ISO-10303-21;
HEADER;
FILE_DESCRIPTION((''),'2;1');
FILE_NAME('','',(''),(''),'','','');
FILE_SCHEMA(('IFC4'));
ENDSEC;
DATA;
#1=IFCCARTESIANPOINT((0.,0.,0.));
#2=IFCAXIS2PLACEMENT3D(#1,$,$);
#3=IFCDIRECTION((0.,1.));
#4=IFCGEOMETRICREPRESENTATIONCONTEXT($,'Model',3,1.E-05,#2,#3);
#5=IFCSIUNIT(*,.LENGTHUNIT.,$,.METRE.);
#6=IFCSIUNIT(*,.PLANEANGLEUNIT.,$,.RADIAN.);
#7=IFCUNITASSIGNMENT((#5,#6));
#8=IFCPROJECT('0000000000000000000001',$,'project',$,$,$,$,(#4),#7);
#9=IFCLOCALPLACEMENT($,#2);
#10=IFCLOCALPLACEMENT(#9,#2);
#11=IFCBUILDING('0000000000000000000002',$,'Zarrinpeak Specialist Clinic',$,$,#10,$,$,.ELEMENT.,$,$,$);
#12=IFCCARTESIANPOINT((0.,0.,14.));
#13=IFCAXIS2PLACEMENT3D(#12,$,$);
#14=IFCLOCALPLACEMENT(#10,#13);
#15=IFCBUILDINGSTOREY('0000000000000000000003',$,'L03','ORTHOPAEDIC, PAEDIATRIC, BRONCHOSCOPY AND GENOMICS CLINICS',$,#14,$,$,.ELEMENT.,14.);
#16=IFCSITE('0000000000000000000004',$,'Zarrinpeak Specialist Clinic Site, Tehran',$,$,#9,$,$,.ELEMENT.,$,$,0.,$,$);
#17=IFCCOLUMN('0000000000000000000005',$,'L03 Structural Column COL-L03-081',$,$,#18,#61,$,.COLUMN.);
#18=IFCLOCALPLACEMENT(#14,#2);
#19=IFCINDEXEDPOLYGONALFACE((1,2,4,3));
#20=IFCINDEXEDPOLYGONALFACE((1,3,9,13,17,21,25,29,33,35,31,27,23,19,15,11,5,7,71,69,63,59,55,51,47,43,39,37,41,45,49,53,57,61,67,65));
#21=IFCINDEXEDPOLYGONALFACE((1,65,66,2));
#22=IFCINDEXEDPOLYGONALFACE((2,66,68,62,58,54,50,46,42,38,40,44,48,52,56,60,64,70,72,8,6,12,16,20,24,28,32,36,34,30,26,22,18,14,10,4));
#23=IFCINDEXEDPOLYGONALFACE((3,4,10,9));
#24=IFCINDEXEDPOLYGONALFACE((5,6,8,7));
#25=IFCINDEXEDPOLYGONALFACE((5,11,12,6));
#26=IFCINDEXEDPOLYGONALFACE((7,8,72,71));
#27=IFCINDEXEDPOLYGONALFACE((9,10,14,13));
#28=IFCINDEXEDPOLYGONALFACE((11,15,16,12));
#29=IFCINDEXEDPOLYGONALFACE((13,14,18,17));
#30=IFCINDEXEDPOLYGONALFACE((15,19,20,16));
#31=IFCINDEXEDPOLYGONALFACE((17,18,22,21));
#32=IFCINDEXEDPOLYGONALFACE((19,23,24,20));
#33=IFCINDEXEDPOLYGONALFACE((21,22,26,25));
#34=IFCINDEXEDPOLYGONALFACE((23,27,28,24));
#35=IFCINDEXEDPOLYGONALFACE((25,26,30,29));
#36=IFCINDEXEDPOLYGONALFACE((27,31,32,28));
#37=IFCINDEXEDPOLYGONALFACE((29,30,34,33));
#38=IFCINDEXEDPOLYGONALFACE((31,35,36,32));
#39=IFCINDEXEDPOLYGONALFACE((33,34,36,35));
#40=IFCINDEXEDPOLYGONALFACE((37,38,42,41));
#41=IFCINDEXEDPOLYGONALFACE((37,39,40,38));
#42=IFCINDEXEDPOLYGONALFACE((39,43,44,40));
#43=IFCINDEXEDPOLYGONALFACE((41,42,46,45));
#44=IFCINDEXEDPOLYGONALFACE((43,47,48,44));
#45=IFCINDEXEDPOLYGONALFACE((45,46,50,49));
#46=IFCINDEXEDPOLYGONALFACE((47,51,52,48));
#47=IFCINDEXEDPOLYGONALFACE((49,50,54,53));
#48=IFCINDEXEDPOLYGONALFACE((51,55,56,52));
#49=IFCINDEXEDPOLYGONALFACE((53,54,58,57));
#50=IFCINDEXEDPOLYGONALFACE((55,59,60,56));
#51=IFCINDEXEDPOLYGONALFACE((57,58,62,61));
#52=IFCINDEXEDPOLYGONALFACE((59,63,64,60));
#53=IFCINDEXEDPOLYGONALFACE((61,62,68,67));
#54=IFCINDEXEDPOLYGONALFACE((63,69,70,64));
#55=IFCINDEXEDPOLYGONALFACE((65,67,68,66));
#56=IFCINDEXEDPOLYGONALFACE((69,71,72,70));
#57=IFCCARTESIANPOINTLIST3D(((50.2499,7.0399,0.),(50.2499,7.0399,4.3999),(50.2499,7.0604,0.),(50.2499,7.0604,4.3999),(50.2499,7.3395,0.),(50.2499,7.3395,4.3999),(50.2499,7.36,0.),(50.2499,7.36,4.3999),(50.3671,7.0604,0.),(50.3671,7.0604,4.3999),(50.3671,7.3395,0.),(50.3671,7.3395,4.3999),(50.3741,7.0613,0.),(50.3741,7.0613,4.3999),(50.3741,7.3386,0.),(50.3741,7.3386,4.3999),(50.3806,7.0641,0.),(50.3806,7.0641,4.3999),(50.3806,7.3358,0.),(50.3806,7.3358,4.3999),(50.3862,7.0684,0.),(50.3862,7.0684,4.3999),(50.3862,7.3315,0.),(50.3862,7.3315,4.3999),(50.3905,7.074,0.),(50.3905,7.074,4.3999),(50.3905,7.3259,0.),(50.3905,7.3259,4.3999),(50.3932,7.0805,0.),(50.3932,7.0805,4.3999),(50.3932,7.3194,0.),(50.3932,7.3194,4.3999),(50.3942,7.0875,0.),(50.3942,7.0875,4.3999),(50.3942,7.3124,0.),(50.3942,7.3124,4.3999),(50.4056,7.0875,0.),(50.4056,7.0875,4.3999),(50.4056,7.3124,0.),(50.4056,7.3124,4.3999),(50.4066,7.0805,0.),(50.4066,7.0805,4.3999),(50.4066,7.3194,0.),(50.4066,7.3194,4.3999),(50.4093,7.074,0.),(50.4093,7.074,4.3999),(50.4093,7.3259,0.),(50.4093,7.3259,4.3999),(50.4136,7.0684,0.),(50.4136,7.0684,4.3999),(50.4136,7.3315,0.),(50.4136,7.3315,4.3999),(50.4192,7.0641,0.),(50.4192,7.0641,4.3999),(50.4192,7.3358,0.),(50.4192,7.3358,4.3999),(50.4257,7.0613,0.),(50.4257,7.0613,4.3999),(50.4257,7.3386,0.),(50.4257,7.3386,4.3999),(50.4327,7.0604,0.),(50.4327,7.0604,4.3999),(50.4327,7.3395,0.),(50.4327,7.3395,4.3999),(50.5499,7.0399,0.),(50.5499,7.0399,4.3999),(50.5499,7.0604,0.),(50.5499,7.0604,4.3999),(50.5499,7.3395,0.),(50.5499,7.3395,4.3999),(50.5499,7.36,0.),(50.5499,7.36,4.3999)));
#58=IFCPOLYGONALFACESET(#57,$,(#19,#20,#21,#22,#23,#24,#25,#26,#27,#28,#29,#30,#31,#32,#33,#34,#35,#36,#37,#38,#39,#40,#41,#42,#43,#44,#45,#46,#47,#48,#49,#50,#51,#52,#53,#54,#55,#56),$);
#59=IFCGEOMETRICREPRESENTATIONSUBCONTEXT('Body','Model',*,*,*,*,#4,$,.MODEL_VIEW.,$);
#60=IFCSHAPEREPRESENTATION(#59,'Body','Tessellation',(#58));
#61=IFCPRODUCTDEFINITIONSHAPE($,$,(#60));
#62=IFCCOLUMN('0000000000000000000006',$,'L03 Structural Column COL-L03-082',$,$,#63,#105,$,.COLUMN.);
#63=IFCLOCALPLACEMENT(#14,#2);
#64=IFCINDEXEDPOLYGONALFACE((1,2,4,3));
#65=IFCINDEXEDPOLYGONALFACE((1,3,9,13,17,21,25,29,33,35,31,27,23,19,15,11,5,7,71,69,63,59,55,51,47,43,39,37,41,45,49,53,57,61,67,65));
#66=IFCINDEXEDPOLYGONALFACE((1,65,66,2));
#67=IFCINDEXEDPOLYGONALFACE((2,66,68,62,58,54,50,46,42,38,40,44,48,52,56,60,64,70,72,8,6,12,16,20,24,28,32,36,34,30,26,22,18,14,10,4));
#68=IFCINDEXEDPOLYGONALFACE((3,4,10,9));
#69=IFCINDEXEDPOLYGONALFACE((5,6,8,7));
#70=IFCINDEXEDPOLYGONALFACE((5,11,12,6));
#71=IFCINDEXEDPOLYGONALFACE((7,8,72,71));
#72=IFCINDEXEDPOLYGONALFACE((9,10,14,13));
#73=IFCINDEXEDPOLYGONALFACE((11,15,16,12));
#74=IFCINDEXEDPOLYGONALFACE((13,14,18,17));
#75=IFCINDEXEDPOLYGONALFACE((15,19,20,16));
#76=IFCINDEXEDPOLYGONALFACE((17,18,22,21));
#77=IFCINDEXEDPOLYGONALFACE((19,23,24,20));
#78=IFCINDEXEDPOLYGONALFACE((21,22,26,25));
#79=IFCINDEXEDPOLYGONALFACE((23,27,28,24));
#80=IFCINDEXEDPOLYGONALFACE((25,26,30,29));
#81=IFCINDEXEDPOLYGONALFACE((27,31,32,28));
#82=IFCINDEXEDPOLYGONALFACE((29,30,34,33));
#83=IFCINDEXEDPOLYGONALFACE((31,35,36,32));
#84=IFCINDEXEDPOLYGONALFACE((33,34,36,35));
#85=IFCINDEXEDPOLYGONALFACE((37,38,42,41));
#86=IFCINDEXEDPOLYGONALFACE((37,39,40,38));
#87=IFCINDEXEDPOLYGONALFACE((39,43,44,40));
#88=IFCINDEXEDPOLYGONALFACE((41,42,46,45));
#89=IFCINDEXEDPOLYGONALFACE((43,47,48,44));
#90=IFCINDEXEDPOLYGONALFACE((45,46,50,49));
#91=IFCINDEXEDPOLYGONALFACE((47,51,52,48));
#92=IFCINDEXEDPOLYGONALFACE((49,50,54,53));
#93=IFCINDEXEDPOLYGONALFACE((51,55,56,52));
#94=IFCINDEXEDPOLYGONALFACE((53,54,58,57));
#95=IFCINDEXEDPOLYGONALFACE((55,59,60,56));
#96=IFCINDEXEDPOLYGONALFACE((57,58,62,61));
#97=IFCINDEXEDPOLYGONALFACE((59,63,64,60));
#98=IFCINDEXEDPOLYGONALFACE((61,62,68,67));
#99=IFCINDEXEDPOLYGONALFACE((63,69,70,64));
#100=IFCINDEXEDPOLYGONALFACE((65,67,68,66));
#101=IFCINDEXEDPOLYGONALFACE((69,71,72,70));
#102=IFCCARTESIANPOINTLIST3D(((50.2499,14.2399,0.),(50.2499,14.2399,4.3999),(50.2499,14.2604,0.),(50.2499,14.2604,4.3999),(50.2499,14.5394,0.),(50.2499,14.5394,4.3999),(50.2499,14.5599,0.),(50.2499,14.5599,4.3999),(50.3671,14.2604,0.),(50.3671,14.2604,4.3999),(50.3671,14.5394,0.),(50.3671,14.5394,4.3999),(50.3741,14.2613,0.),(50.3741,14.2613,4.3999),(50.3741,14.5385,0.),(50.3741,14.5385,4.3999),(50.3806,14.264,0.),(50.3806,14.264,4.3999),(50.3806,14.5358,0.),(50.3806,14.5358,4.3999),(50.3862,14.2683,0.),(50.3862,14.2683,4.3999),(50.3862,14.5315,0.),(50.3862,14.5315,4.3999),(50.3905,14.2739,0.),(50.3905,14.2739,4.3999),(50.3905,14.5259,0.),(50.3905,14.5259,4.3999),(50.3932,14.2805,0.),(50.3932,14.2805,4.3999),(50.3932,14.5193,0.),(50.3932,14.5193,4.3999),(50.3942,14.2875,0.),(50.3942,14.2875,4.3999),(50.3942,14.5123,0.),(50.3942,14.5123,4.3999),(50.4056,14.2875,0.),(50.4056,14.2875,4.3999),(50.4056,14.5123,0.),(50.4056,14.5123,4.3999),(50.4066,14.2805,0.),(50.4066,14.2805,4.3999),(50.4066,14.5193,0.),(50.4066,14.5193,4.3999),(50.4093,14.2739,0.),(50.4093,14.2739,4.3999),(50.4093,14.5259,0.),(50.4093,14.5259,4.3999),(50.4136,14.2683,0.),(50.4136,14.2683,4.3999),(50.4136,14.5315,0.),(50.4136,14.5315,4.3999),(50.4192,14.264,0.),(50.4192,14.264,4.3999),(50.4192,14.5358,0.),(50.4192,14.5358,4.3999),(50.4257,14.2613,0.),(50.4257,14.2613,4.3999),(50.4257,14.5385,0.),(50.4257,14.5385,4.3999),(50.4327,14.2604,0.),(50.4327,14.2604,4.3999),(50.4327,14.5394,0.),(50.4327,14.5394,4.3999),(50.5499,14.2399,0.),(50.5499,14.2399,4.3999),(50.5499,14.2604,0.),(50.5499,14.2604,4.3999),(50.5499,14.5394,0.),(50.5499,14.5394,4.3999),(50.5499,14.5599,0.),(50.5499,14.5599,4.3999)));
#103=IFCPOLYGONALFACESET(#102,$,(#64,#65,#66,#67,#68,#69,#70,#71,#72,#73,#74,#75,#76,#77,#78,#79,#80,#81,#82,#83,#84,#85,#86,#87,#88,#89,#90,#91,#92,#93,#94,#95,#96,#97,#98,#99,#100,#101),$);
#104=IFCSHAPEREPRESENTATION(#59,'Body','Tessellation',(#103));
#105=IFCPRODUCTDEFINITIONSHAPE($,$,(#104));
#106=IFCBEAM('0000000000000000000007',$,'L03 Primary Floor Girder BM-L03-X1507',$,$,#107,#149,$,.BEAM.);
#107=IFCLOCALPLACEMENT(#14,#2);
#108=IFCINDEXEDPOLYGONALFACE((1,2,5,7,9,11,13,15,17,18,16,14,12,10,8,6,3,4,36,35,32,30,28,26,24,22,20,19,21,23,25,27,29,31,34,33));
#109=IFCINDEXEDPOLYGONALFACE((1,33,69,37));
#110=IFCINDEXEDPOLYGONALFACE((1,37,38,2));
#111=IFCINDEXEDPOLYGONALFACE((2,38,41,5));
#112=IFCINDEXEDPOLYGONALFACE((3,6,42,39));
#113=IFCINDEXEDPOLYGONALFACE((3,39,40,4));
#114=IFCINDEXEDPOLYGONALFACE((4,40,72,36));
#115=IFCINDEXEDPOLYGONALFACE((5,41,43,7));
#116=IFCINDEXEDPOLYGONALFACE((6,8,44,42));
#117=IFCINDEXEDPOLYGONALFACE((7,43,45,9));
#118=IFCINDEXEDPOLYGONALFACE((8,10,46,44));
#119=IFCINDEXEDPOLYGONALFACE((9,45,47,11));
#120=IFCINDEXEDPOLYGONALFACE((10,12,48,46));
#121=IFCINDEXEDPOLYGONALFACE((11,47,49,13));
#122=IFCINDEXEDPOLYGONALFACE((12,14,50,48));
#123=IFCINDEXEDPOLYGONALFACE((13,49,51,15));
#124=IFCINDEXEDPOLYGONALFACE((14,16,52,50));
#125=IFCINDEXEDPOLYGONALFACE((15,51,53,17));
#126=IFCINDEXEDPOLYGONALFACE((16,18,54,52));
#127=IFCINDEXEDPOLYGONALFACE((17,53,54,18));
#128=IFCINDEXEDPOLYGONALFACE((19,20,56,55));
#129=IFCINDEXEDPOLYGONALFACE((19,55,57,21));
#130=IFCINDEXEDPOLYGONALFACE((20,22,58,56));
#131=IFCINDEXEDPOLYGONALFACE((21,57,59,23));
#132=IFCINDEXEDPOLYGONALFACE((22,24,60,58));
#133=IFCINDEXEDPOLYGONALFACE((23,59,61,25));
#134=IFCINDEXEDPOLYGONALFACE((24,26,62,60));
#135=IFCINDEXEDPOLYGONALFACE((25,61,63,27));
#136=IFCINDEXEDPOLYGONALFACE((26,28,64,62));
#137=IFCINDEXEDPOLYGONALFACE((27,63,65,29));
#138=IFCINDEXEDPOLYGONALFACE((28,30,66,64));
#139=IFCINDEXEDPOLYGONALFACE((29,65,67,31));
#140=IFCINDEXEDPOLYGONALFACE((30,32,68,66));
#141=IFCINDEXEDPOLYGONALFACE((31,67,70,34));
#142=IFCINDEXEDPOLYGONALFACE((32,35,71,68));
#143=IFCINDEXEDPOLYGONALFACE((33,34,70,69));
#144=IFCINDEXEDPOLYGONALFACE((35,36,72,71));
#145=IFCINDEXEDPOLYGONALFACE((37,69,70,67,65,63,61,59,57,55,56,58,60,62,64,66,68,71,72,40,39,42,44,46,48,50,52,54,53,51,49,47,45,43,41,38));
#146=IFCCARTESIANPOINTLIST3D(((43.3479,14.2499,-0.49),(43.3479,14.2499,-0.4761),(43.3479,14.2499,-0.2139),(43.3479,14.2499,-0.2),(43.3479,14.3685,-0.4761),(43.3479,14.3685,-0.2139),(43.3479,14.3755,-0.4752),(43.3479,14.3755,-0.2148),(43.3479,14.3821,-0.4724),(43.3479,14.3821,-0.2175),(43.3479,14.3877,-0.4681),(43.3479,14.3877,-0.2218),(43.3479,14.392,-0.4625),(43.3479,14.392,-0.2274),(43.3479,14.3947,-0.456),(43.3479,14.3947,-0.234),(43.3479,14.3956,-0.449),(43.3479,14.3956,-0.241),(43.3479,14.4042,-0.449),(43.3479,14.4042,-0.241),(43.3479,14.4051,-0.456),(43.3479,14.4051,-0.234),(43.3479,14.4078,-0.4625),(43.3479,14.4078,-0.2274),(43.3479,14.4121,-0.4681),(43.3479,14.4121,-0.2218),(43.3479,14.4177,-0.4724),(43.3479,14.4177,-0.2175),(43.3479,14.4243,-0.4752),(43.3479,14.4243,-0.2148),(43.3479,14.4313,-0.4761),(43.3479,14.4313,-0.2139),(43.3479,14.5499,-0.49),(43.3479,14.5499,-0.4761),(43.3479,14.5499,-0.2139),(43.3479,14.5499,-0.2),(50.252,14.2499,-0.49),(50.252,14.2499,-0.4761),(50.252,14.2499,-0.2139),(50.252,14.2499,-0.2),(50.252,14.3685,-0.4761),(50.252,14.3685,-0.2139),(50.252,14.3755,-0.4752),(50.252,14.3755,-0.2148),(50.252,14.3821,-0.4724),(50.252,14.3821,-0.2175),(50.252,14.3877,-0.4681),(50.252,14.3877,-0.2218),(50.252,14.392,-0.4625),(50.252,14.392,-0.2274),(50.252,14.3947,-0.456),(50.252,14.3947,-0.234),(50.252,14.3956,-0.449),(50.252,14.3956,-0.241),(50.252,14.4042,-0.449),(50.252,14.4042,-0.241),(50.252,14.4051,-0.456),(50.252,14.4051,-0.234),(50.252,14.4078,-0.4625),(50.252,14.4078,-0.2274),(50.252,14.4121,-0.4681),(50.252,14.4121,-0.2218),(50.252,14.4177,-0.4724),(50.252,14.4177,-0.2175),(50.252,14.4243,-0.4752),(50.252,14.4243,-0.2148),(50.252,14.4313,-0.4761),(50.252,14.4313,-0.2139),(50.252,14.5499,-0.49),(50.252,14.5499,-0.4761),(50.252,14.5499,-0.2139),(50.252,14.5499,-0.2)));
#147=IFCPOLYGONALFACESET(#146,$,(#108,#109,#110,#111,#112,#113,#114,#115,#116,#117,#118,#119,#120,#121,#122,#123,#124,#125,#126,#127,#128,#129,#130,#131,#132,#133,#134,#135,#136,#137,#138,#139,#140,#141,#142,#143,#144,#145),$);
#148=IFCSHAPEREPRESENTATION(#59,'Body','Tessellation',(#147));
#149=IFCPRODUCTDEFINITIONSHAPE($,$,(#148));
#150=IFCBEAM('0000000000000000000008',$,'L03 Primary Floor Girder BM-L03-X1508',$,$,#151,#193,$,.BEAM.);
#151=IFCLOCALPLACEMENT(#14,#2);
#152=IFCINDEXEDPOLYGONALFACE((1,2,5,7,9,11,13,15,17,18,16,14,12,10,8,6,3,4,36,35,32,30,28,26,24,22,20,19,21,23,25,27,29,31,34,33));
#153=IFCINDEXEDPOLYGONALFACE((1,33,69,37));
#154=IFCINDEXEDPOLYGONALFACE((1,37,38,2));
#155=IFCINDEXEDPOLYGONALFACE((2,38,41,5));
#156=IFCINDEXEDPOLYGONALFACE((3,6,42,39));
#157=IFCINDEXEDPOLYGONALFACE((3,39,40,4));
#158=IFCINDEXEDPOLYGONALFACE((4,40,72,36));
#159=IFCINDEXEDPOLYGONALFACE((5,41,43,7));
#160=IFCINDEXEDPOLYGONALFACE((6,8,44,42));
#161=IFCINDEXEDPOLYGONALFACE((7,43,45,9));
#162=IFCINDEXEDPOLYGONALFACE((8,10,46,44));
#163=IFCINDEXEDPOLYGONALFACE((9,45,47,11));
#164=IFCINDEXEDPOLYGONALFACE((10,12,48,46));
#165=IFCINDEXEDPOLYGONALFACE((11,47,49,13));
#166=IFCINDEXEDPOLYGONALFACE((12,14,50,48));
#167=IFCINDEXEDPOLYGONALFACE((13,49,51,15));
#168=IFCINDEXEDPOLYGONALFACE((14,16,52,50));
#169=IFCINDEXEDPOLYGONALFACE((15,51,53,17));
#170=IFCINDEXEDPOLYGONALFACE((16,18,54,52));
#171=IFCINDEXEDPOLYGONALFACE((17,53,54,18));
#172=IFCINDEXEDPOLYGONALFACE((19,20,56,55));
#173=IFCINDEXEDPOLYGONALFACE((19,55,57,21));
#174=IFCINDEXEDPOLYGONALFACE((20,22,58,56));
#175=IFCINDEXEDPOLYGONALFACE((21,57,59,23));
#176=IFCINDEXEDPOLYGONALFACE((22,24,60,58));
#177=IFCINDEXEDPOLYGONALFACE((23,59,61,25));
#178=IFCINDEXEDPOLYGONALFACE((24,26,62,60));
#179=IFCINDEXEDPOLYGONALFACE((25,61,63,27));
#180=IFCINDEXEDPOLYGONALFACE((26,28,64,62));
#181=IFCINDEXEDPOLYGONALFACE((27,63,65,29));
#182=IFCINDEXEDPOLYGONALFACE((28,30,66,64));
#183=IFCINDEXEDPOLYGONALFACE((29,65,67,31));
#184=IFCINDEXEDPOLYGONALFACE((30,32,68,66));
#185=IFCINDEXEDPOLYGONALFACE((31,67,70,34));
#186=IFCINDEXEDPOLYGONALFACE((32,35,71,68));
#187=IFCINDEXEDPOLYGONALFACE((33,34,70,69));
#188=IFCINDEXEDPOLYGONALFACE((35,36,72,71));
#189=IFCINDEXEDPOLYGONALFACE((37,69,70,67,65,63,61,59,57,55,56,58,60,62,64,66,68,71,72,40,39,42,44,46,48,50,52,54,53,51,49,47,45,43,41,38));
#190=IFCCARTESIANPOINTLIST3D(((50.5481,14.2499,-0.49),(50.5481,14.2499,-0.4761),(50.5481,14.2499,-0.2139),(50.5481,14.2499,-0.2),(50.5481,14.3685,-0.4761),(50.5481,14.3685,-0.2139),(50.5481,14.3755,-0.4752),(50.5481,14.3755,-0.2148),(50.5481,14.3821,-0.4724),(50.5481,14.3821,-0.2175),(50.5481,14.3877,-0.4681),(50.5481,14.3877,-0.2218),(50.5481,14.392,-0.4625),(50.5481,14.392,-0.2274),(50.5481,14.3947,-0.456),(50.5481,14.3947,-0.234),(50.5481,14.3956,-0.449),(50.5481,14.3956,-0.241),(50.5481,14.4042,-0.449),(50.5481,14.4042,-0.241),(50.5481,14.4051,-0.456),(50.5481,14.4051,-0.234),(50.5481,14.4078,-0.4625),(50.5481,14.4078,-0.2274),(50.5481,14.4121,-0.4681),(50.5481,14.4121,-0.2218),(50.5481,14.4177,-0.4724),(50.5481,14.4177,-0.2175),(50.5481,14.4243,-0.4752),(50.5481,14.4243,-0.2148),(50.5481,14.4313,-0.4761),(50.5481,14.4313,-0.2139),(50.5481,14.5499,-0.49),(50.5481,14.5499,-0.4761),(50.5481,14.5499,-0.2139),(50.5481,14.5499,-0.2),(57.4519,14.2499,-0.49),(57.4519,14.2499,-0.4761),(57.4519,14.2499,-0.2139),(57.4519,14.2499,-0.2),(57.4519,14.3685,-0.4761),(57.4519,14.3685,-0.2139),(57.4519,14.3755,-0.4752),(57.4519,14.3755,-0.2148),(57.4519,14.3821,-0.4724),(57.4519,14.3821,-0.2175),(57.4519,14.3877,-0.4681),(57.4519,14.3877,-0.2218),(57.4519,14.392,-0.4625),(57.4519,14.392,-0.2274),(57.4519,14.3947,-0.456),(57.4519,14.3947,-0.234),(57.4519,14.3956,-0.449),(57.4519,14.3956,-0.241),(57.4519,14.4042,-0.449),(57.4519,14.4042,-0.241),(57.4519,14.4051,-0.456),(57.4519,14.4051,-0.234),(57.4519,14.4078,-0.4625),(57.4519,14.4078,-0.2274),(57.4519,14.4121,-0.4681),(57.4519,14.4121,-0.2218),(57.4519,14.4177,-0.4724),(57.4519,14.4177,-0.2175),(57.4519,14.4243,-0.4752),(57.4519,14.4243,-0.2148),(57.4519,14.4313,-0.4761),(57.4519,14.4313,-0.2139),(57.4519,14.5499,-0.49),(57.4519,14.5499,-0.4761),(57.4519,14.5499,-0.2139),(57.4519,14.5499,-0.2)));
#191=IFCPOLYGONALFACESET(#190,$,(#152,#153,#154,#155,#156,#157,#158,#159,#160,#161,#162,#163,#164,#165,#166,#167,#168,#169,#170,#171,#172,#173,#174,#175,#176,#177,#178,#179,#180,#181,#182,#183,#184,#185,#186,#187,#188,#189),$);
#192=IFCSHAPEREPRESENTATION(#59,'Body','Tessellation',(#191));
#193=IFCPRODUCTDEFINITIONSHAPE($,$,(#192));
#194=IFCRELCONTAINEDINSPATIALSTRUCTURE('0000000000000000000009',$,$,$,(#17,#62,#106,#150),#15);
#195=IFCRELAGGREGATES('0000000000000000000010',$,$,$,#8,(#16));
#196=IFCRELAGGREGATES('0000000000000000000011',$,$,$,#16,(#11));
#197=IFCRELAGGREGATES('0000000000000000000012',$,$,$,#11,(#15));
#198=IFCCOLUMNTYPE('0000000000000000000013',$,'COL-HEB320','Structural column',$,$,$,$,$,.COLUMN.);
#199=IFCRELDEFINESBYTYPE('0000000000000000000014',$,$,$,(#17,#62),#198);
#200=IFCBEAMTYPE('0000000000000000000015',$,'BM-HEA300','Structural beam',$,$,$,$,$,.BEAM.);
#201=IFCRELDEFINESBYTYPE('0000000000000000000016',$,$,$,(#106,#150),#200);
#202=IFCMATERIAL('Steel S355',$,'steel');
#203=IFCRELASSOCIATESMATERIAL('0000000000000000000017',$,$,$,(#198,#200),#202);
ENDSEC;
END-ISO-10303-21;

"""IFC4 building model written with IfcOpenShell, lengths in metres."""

from ifc_helpers import new_model, si_unit, direction, frame, origin, origin_2d, place, context, subcontext, project, spatial, i_section, extrude, material, material_profile, profile_set, type_object, element, save


model = new_model("IFC4")

# Units and contexts
model_context = context("Model", 3, precision=1e-05, world=origin(), true_north=direction((0.0, 1.0)))
body_context = subcontext(model_context, "Body", "Model", "MODEL_VIEW")
ifc_project = project(units=[si_unit("LENGTHUNIT", "METRE"), si_unit("PLANEANGLEUNIT", "RADIAN")], contexts=[model_context])

# Site, building, storey
site_placement = place(None, origin())
site = spatial("IfcSite", under=ifc_project, at=site_placement, Name="Zarrinpeak Specialist Clinic Site, Tehran", CompositionType="ELEMENT", RefElevation=0.0)
building_placement = place(site_placement, origin())
building = spatial("IfcBuilding", under=site, at=building_placement, Name="Zarrinpeak Specialist Clinic", CompositionType="ELEMENT")
storey_placement = place(building_placement, frame((0.0, 0.0, 14.0)))
storey = spatial("IfcBuildingStorey", under=building, at=storey_placement, Name="L03", Description="ORTHOPAEDIC, PAEDIATRIC, BRONCHOSCOPY AND GENOMICS CLINICS", CompositionType="ELEMENT", Elevation=14.0)

# Columns
ifc_material_1 = material(Name="Steel S355", Category="steel")
ifc_material_profile_1 = material_profile(ifc_material_1, i_section(OverallWidth=0.3, OverallDepth=0.3201, WebThickness=0.0115, FlangeThickness=0.0205, FilletRadius=0.0271, at=origin_2d()), Name="HEB 320")
ifc_profile_set_1 = profile_set([ifc_material_profile_1], Name="Steel S355")
column_type = type_object("IfcColumnType", Name="COL-HEB320", Description="Structural column", PredefinedType="COLUMN", material=ifc_profile_set_1)
for number, where, z_axis, x_axis, name in (
    (1, (50.3999, 7.2, 0.0), (0.0, 0.0, 1.0), (1.0, 0.0, 0.0), "L03 Structural Column COL-L03-081"),
    (2, (50.3999, 14.3999, 0.0), (0.0, 0.0, 1.0), (1.0, 0.0, 0.0), "L03 Structural Column COL-L03-082"),
):
    element("IfcColumn", number, at=place(storey_placement, frame(where, z_axis=z_axis, x_axis=x_axis)), inside=storey, type_object=column_type, Name=name, PredefinedType="COLUMN", context=body_context, shape_type="SweptSolid", body=[
        extrude(i_section(OverallWidth=0.3, OverallDepth=0.3201, WebThickness=0.0115, FlangeThickness=0.0205, FilletRadius=0.0271, at=origin_2d()), origin(), (0.0, 0.0, 1.0), 4.3999),
    ])

# Beams
ifc_material_profile_2 = material_profile(ifc_material_1, i_section(OverallWidth=0.3, OverallDepth=0.29, WebThickness=0.0085, FlangeThickness=0.0139, FilletRadius=0.0271, at=origin_2d()), Name="HEA 300")
ifc_profile_set_2 = profile_set([ifc_material_profile_2], Name="Steel S355")
beam_type_1 = type_object("IfcBeamType", Name="BM-HEA300", Description="Structural beam", PredefinedType="BEAM", material=ifc_profile_set_2)
beam_1_placement = place(storey_placement, frame((43.3479, 14.3999, -0.345), z_axis=(1.0, 0.0, 0.0), x_axis=(0.0, 1.0, 0.0)))
element("IfcBeam", 3, at=beam_1_placement, inside=storey, type_object=beam_type_1, Name="L03 Primary Floor Girder BM-L03-X1507", PredefinedType="BEAM", context=body_context, shape_type="SweptSolid", body=[
    extrude(i_section(OverallWidth=0.3, OverallDepth=0.29, WebThickness=0.0085, FlangeThickness=0.0139, FilletRadius=0.0271, at=origin_2d()), origin(), (0.0, 0.0, 1.0), 6.9041),
])
beam_2_placement = place(storey_placement, frame((50.5481, 14.3999, -0.345), z_axis=(1.0, 0.0, 0.0), x_axis=(0.0, 1.0, 0.0)))
element("IfcBeam", 4, at=beam_2_placement, inside=storey, type_object=beam_type_1, Name="L03 Primary Floor Girder BM-L03-X1508", PredefinedType="BEAM", context=body_context, shape_type="SweptSolid", body=[
    extrude(i_section(OverallWidth=0.3, OverallDepth=0.29, WebThickness=0.0085, FlangeThickness=0.0139, FilletRadius=0.0271, at=origin_2d()), origin(), (0.0, 0.0, 1.0), 6.9038),
])

save(model, "model.ifc")
